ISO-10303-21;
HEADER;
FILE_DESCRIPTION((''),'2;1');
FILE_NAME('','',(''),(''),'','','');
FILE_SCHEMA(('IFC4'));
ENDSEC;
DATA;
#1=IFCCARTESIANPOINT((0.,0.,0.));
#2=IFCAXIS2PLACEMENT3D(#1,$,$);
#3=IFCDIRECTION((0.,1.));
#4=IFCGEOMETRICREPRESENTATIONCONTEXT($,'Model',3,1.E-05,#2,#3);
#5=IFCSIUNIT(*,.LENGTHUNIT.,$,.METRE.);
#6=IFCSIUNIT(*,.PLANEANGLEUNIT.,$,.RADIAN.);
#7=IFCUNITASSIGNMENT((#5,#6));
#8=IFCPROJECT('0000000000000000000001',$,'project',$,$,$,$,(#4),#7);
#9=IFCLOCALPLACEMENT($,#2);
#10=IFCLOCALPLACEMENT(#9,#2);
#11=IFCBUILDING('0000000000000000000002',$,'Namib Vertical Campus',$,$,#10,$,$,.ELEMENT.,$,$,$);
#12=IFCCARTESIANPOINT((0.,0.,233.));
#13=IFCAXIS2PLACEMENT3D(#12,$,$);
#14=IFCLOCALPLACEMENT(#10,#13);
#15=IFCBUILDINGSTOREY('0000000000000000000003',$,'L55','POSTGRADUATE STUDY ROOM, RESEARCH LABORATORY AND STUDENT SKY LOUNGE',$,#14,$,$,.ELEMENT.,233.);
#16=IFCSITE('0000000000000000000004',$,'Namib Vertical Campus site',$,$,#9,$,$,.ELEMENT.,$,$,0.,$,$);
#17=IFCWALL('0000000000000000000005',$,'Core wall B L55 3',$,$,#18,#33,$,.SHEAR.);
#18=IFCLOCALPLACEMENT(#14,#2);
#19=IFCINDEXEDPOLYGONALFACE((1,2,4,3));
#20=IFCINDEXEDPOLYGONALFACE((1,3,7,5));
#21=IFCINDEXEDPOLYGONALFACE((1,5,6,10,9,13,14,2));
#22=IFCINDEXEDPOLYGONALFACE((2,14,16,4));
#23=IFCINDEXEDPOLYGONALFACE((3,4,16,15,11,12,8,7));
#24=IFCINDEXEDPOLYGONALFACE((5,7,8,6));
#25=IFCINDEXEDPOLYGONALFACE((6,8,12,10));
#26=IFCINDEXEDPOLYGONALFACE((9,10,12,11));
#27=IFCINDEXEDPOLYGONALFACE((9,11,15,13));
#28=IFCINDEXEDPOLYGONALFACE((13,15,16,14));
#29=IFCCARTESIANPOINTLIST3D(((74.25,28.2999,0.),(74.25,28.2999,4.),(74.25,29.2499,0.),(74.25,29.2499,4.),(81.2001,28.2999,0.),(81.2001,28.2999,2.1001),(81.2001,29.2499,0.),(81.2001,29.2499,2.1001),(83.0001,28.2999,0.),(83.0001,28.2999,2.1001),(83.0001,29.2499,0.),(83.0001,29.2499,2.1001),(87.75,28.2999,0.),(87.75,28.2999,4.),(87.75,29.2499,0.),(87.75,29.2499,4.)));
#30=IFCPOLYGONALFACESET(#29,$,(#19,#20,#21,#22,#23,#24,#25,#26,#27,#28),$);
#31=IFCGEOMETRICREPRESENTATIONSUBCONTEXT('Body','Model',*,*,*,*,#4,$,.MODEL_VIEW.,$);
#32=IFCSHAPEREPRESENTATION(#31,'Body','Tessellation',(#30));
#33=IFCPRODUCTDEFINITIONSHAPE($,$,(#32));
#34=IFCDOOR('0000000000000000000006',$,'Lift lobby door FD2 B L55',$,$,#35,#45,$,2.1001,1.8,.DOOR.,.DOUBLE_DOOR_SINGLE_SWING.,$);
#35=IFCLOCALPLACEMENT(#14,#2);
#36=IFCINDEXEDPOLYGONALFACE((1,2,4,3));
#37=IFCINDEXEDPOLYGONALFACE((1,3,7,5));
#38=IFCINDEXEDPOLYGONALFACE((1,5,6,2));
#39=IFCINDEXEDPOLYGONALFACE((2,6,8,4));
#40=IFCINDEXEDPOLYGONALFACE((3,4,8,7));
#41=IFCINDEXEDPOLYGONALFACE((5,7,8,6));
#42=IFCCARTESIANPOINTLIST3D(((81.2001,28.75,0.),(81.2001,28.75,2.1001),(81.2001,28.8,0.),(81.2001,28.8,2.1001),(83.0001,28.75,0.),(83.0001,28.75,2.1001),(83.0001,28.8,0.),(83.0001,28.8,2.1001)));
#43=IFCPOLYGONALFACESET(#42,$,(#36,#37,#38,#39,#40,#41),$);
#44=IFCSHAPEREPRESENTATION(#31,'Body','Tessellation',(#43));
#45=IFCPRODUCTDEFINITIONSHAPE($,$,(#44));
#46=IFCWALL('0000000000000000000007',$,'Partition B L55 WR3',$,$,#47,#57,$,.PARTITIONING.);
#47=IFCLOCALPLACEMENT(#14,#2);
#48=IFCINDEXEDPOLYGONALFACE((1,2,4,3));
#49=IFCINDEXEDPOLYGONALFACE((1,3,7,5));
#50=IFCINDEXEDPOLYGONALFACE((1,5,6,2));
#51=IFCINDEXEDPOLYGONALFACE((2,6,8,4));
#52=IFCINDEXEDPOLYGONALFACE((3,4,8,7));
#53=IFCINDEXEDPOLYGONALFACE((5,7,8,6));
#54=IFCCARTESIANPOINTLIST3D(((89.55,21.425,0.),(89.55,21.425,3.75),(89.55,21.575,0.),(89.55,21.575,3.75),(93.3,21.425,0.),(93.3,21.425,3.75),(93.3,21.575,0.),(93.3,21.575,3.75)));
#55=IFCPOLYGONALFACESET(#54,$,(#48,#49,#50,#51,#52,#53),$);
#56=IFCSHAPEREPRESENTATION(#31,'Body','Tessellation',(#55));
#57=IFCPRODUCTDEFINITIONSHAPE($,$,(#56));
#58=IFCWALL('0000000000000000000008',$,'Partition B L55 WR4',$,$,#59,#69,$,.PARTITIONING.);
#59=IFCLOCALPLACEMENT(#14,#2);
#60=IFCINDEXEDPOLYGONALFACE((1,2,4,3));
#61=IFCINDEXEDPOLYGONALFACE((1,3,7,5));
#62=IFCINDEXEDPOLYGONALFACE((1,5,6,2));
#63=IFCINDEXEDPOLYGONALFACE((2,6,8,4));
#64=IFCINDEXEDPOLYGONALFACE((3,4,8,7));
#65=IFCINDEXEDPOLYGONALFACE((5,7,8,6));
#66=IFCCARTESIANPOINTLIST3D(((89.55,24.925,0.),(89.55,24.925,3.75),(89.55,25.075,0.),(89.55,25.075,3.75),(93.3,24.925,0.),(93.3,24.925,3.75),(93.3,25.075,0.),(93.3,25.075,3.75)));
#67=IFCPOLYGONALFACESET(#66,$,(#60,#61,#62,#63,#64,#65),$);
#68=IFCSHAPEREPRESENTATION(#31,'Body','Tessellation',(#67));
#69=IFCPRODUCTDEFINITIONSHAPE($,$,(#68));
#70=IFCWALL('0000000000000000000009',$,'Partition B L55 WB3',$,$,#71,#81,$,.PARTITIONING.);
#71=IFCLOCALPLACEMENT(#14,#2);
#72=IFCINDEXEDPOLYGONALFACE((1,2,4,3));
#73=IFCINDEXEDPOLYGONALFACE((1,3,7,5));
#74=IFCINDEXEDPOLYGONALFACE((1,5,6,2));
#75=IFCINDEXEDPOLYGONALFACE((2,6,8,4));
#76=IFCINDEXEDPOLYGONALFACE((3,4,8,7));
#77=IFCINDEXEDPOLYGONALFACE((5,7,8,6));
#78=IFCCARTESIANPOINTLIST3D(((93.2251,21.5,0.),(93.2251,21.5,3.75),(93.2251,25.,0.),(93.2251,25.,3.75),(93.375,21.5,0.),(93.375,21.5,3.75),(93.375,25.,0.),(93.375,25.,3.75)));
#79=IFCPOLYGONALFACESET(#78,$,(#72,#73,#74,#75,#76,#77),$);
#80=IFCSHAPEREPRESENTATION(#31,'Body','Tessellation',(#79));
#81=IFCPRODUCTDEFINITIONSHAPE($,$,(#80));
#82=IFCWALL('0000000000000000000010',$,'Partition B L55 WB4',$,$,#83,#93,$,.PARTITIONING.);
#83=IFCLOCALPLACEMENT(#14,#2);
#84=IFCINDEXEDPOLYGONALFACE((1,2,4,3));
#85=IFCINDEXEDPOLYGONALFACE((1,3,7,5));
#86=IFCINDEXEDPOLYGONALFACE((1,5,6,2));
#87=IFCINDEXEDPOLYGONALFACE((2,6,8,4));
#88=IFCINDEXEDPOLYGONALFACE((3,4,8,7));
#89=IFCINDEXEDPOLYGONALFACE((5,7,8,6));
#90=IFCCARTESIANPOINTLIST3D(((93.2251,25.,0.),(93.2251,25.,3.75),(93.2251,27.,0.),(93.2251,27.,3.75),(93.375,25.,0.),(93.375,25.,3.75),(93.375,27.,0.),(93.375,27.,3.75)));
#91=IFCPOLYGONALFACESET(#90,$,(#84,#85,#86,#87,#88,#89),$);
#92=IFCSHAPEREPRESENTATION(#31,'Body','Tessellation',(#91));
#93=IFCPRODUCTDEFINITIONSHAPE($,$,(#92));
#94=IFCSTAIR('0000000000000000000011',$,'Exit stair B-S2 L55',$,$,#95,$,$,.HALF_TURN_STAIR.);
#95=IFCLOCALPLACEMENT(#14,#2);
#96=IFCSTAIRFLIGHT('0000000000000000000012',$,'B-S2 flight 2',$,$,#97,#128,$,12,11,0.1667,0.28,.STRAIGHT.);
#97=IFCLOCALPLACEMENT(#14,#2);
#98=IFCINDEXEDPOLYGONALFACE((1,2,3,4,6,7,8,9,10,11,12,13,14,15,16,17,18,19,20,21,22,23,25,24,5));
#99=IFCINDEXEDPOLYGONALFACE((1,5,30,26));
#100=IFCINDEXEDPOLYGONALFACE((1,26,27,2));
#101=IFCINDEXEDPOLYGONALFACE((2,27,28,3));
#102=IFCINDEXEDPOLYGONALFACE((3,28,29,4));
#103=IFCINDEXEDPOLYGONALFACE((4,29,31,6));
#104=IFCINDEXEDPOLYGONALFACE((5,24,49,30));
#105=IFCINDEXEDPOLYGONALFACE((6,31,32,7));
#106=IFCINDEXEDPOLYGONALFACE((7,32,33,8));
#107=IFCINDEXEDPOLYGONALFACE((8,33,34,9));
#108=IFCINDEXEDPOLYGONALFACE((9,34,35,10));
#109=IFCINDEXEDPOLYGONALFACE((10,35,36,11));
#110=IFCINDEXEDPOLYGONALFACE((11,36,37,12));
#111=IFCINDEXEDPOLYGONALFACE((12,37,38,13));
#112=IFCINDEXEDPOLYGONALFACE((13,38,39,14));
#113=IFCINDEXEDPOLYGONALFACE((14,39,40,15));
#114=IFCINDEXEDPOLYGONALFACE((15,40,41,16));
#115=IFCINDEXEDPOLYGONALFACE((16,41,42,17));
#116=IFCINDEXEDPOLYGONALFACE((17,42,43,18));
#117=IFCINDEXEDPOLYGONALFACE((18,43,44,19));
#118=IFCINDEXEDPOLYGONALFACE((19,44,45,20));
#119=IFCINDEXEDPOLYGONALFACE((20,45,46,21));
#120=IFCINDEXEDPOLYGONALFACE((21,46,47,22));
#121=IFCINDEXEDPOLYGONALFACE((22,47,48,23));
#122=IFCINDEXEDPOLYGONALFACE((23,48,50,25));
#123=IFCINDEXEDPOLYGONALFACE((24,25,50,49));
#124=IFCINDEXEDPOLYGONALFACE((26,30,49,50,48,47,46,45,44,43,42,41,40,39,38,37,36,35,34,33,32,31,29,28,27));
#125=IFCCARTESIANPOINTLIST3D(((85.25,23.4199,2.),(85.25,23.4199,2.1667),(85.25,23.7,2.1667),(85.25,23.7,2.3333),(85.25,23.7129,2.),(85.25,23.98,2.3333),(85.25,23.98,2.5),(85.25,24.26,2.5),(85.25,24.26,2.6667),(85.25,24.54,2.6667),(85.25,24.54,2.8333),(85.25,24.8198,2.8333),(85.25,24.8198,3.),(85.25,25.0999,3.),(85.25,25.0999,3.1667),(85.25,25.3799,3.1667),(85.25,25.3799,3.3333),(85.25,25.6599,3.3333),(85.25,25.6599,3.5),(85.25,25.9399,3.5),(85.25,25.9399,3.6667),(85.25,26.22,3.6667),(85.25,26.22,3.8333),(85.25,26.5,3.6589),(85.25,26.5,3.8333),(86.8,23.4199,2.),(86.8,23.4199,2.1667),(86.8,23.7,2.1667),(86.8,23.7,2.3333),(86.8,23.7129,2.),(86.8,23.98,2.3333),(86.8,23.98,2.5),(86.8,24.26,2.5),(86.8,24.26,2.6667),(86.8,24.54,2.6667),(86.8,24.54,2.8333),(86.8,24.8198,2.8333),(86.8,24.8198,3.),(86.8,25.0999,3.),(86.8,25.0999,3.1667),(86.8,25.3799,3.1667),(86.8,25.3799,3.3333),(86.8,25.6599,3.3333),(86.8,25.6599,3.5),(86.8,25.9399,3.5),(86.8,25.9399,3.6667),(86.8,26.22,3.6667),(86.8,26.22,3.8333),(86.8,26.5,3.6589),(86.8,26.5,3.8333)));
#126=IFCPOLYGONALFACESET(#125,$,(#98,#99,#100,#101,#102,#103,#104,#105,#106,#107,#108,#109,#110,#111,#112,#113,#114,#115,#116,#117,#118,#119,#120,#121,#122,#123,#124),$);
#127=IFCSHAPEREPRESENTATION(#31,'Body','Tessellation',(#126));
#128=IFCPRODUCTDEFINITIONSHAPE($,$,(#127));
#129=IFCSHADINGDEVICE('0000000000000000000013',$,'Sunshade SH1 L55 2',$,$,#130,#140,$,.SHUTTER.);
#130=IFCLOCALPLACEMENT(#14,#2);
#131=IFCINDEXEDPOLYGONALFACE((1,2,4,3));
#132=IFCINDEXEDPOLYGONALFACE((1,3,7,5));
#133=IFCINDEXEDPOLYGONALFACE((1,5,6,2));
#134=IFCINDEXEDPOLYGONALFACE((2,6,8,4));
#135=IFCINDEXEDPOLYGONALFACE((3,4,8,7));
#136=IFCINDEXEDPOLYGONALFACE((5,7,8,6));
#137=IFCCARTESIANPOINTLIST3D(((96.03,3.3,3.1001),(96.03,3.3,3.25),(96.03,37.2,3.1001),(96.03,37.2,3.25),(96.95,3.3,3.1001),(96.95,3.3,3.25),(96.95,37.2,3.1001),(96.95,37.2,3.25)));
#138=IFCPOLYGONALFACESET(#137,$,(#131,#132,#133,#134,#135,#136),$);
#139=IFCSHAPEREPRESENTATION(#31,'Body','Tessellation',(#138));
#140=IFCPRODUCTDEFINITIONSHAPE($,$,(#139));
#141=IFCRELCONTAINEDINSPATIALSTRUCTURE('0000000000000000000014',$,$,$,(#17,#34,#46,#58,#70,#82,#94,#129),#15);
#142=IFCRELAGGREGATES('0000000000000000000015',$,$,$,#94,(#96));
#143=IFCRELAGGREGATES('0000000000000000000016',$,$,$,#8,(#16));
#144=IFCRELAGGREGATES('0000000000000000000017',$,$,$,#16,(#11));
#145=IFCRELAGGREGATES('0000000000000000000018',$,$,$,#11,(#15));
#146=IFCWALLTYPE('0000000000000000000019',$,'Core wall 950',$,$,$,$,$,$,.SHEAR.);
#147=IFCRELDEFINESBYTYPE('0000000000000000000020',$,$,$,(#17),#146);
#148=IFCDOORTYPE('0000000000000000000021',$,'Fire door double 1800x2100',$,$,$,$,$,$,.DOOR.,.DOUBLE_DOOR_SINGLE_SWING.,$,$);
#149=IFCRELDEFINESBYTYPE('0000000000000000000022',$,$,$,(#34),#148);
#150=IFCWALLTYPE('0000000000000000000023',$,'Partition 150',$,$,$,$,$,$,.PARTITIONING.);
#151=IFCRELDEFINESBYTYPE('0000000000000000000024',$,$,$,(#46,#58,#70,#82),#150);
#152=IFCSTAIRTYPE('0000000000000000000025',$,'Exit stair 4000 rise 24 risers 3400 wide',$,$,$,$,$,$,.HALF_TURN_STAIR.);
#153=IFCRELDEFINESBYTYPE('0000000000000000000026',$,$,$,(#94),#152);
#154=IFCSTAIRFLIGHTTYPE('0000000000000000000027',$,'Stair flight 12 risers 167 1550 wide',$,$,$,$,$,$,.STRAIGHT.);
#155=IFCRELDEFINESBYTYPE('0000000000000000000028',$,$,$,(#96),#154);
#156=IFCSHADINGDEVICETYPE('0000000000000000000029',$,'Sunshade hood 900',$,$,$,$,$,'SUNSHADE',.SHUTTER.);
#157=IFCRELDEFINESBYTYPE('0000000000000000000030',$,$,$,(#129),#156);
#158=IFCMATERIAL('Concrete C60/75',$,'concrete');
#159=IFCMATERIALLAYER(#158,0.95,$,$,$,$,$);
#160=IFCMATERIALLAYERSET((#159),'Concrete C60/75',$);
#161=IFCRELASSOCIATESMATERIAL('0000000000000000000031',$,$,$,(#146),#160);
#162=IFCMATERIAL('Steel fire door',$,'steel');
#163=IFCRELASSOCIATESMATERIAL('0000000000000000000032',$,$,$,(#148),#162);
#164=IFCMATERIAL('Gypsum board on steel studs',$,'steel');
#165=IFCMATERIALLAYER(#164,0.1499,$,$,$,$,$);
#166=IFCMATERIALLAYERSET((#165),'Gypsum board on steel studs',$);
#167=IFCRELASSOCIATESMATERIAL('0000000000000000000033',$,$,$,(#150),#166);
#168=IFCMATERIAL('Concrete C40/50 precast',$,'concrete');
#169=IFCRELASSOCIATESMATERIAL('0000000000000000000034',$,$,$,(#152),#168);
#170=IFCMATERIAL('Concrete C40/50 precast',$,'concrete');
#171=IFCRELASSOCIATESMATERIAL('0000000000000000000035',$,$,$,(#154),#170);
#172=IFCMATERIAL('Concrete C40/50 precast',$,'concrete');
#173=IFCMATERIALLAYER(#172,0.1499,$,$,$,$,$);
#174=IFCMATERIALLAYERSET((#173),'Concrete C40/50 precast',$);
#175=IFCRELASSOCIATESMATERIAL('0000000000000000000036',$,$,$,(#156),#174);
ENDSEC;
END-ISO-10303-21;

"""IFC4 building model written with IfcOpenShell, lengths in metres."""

from ifc_helpers import new_model, si_unit, direction, frame, frame_2d, origin, origin_2d, place, context, subcontext, project, spatial, polyline, rectangle, outline, extrude, material, layer, layer_set, type_object, element, fill, aggregate, save


model = new_model("IFC4")

# Units and contexts
model_context = context("Model", 3, precision=1e-05, world=origin(), true_north=direction((0.0, 1.0)))
body_context = subcontext(model_context, "Body", "Model", "MODEL_VIEW")
ifc_project = project(units=[si_unit("LENGTHUNIT", "METRE"), si_unit("PLANEANGLEUNIT", "RADIAN")], contexts=[model_context])

# Site, building, storey
site_placement = place(None, origin())
site = spatial("IfcSite", under=ifc_project, at=site_placement, Name="Namib Vertical Campus site", CompositionType="ELEMENT", RefElevation=0.0)
building_placement = place(site_placement, origin())
building = spatial("IfcBuilding", under=site, at=building_placement, Name="Namib Vertical Campus", CompositionType="ELEMENT")
storey_placement = place(building_placement, frame((0.0, 0.0, 233.0)))
storey = spatial("IfcBuildingStorey", under=building, at=storey_placement, Name="L55", Description="POSTGRADUATE STUDY ROOM, RESEARCH LABORATORY AND STUDENT SKY LOUNGE", CompositionType="ELEMENT", Elevation=233.0)

# Wall, opening, door
ifc_material_1 = material(Name="Concrete C60/75", Category="concrete")
ifc_layer_1 = layer(ifc_material_1, 0.95)
ifc_layer_set_1 = layer_set([ifc_layer_1], Name="Concrete C60/75")
wall_type_1 = type_object("IfcWallType", Name="Core wall 950", PredefinedType="SHEAR", material=ifc_layer_set_1)
wall_1_placement = place(storey_placement, frame((87.75, 28.7749, 0.0), z_axis=(0.0, 0.0, 1.0), x_axis=(-1.0, 0.0, 0.0)))
wall_1 = element("IfcWall", 1, at=wall_1_placement, inside=storey, type_object=wall_type_1, Name="Core wall B L55 3", PredefinedType="SHEAR", context=body_context, shape_type="SweptSolid", body=[
    extrude(rectangle(XDim=13.5, YDim=0.95, at=frame_2d((6.75, 0.0))), origin(), (0.0, 0.0, 1.0), 4.0),
])
opening_placement = place(wall_1_placement, frame((4.75, 0.0, 0.0)))
opening = element("IfcOpeningElement", 2, at=opening_placement, cuts=wall_1, PredefinedType="OPENING", context=body_context, shape_type="SweptSolid", body=[
    extrude(rectangle(XDim=1.8, YDim=2.1001, at=frame_2d((0.8999, 1.05))), frame((0.0, 0.4849, 0.0), z_axis=(0.0, -1.0, 0.0), x_axis=(1.0, 0.0, 0.0)), (0.0, 0.0, 1.0), 0.97),
])
ifc_material_2 = material(Name="Steel fire door", Category="steel")
door_type = type_object("IfcDoorType", Name="Fire door double 1800x2100", OperationType="DOUBLE_DOOR_SINGLE_SWING", PredefinedType="DOOR", material=ifc_material_2)
door_placement = place(opening_placement, origin())
door = element("IfcDoor", 3, at=door_placement, inside=storey, type_object=door_type, Name="Lift lobby door FD2 B L55", OperationType="DOUBLE_DOOR_SINGLE_SWING", OverallHeight=2.1001, OverallWidth=1.8, PredefinedType="DOOR", context=body_context, shape_type="SweptSolid", body=[
    extrude(rectangle(XDim=1.8, YDim=2.1001, at=frame_2d((0.8999, 1.05))), frame((0.0, 0.0249, 0.0), z_axis=(0.0, -1.0, 0.0), x_axis=(1.0, 0.0, 0.0)), (0.0, 0.0, 1.0), 0.05),
])
fill(opening, door)

# Walls
ifc_material_3 = material(Name="Gypsum board on steel studs", Category="steel")
ifc_layer_2 = layer(ifc_material_3, 0.1499)
ifc_layer_set_2 = layer_set([ifc_layer_2], Name="Gypsum board on steel studs")
wall_type_2 = type_object("IfcWallType", Name="Partition 150", PredefinedType="PARTITIONING", material=ifc_layer_set_2)
for number, where, z_axis, x_axis, name in (
    (4, (89.55, 21.5, 0.0), (0.0, 0.0, 1.0), (1.0, 0.0, 0.0), "Partition B L55 WR3"),
    (5, (89.55, 25.0, 0.0), (0.0, 0.0, 1.0), (1.0, 0.0, 0.0), "Partition B L55 WR4"),
):
    element("IfcWall", number, at=place(storey_placement, frame(where, z_axis=z_axis, x_axis=x_axis)), inside=storey, type_object=wall_type_2, Name=name, PredefinedType="PARTITIONING", context=body_context, shape_type="SweptSolid", body=[
        extrude(rectangle(XDim=3.75, YDim=0.1499, at=frame_2d((1.875, 0.0))), origin(), (0.0, 0.0, 1.0), 3.75),
    ])
wall_2_placement = place(storey_placement, frame((93.3, 21.5, 0.0), z_axis=(0.0, 0.0, 1.0), x_axis=(0.0, 1.0, 0.0)))
element("IfcWall", 6, at=wall_2_placement, inside=storey, type_object=wall_type_2, Name="Partition B L55 WB3", PredefinedType="PARTITIONING", context=body_context, shape_type="SweptSolid", body=[
    extrude(rectangle(XDim=3.5, YDim=0.1499, at=frame_2d((1.75, 0.0))), origin(), (0.0, 0.0, 1.0), 3.75),
])
wall_3_placement = place(storey_placement, frame((93.3, 25.0, 0.0), z_axis=(0.0, 0.0, 1.0), x_axis=(0.0, 1.0, 0.0)))
element("IfcWall", 7, at=wall_3_placement, inside=storey, type_object=wall_type_2, Name="Partition B L55 WB4", PredefinedType="PARTITIONING", context=body_context, shape_type="SweptSolid", body=[
    extrude(rectangle(XDim=2.0, YDim=0.1499, at=frame_2d((1.0, 0.0))), origin(), (0.0, 0.0, 1.0), 3.75),
])

# Stair, stair flight
ifc_material_4 = material(Name="Concrete C40/50 precast", Category="concrete")
stair_type = type_object("IfcStairType", Name="Exit stair 4000 rise 24 risers 3400 wide", PredefinedType="HALF_TURN_STAIR", material=ifc_material_4)
stair_placement = place(storey_placement, origin())
stair = element("IfcStair", 8, at=stair_placement, inside=storey, type_object=stair_type, Name="Exit stair B-S2 L55", PredefinedType="HALF_TURN_STAIR")
ifc_material_5 = material(Name="Concrete C40/50 precast", Category="concrete")
stair_flight_type = type_object("IfcStairFlightType", Name="Stair flight 12 risers 167 1550 wide", PredefinedType="STRAIGHT", material=ifc_material_5)
stair_flight_placement = place(storey_placement, frame((86.0249, 23.4199, 2.0), z_axis=(0.0, 0.0, 1.0), x_axis=(0.0, 1.0, 0.0)))
stair_flight = element("IfcStairFlight", 9, at=stair_flight_placement, type_object=stair_flight_type, Name="B-S2 flight 2", NumberOfRisers=12, NumberOfTreads=11, PredefinedType="STRAIGHT", RiserHeight=0.1667, TreadLength=0.28, context=body_context, shape_type="SweptSolid", body=[
    extrude(outline(polyline([(0.0, 0.0), (0.0, 0.1667), (0.28, 0.1667), (0.28, 0.3333), (0.5601, 0.3333), (0.5601, 0.5), (0.8401, 0.5), (0.8401, 0.6667), (1.1201, 0.6667), (1.1201, 0.8333), (1.3999, 0.8333), (1.3999, 1.0), (1.6799, 1.0), (1.6799, 1.1667), (1.96, 1.1667), (1.96, 1.3333), (2.24, 1.3333), (2.24, 1.5), (2.52, 1.5), (2.52, 1.6667), (2.8, 1.6667), (2.8, 1.8333), (3.0801, 1.8333), (3.0801, 2.0), (3.0801, 1.6589), (0.293, 0.0), (0.0, 0.0)])), frame((0.0, 0.7749, 0.0), z_axis=(0.0, -1.0, 0.0), x_axis=(1.0, 0.0, 0.0)), (0.0, 0.0, 1.0), 1.55),
])
aggregate(stair, [stair_flight])

# Shading device
ifc_material_6 = material(Name="Concrete C40/50 precast", Category="concrete")
ifc_layer_3 = layer(ifc_material_6, 0.1499)
ifc_layer_set_3 = layer_set([ifc_layer_3], Name="Concrete C40/50 precast")
shading_device_type = type_object("IfcShadingDeviceType", Name="Sunshade hood 900", ElementType="SUNSHADE", PredefinedType="SHUTTER", material=ifc_layer_set_3)
shading_device_placement = place(storey_placement, frame((96.49, 20.25, 3.1001), z_axis=(0.0, 0.0, 1.0), x_axis=(0.0, 1.0, 0.0)))
element("IfcShadingDevice", 10, at=shading_device_placement, inside=storey, type_object=shading_device_type, Name="Sunshade SH1 L55 2", PredefinedType="SHUTTER", context=body_context, shape_type="SweptSolid", body=[
    extrude(rectangle(XDim=33.8999, YDim=0.9199, at=origin_2d()), origin(), (0.0, 0.0, 1.0), 0.1499),
])

save(model, "model.ifc")
